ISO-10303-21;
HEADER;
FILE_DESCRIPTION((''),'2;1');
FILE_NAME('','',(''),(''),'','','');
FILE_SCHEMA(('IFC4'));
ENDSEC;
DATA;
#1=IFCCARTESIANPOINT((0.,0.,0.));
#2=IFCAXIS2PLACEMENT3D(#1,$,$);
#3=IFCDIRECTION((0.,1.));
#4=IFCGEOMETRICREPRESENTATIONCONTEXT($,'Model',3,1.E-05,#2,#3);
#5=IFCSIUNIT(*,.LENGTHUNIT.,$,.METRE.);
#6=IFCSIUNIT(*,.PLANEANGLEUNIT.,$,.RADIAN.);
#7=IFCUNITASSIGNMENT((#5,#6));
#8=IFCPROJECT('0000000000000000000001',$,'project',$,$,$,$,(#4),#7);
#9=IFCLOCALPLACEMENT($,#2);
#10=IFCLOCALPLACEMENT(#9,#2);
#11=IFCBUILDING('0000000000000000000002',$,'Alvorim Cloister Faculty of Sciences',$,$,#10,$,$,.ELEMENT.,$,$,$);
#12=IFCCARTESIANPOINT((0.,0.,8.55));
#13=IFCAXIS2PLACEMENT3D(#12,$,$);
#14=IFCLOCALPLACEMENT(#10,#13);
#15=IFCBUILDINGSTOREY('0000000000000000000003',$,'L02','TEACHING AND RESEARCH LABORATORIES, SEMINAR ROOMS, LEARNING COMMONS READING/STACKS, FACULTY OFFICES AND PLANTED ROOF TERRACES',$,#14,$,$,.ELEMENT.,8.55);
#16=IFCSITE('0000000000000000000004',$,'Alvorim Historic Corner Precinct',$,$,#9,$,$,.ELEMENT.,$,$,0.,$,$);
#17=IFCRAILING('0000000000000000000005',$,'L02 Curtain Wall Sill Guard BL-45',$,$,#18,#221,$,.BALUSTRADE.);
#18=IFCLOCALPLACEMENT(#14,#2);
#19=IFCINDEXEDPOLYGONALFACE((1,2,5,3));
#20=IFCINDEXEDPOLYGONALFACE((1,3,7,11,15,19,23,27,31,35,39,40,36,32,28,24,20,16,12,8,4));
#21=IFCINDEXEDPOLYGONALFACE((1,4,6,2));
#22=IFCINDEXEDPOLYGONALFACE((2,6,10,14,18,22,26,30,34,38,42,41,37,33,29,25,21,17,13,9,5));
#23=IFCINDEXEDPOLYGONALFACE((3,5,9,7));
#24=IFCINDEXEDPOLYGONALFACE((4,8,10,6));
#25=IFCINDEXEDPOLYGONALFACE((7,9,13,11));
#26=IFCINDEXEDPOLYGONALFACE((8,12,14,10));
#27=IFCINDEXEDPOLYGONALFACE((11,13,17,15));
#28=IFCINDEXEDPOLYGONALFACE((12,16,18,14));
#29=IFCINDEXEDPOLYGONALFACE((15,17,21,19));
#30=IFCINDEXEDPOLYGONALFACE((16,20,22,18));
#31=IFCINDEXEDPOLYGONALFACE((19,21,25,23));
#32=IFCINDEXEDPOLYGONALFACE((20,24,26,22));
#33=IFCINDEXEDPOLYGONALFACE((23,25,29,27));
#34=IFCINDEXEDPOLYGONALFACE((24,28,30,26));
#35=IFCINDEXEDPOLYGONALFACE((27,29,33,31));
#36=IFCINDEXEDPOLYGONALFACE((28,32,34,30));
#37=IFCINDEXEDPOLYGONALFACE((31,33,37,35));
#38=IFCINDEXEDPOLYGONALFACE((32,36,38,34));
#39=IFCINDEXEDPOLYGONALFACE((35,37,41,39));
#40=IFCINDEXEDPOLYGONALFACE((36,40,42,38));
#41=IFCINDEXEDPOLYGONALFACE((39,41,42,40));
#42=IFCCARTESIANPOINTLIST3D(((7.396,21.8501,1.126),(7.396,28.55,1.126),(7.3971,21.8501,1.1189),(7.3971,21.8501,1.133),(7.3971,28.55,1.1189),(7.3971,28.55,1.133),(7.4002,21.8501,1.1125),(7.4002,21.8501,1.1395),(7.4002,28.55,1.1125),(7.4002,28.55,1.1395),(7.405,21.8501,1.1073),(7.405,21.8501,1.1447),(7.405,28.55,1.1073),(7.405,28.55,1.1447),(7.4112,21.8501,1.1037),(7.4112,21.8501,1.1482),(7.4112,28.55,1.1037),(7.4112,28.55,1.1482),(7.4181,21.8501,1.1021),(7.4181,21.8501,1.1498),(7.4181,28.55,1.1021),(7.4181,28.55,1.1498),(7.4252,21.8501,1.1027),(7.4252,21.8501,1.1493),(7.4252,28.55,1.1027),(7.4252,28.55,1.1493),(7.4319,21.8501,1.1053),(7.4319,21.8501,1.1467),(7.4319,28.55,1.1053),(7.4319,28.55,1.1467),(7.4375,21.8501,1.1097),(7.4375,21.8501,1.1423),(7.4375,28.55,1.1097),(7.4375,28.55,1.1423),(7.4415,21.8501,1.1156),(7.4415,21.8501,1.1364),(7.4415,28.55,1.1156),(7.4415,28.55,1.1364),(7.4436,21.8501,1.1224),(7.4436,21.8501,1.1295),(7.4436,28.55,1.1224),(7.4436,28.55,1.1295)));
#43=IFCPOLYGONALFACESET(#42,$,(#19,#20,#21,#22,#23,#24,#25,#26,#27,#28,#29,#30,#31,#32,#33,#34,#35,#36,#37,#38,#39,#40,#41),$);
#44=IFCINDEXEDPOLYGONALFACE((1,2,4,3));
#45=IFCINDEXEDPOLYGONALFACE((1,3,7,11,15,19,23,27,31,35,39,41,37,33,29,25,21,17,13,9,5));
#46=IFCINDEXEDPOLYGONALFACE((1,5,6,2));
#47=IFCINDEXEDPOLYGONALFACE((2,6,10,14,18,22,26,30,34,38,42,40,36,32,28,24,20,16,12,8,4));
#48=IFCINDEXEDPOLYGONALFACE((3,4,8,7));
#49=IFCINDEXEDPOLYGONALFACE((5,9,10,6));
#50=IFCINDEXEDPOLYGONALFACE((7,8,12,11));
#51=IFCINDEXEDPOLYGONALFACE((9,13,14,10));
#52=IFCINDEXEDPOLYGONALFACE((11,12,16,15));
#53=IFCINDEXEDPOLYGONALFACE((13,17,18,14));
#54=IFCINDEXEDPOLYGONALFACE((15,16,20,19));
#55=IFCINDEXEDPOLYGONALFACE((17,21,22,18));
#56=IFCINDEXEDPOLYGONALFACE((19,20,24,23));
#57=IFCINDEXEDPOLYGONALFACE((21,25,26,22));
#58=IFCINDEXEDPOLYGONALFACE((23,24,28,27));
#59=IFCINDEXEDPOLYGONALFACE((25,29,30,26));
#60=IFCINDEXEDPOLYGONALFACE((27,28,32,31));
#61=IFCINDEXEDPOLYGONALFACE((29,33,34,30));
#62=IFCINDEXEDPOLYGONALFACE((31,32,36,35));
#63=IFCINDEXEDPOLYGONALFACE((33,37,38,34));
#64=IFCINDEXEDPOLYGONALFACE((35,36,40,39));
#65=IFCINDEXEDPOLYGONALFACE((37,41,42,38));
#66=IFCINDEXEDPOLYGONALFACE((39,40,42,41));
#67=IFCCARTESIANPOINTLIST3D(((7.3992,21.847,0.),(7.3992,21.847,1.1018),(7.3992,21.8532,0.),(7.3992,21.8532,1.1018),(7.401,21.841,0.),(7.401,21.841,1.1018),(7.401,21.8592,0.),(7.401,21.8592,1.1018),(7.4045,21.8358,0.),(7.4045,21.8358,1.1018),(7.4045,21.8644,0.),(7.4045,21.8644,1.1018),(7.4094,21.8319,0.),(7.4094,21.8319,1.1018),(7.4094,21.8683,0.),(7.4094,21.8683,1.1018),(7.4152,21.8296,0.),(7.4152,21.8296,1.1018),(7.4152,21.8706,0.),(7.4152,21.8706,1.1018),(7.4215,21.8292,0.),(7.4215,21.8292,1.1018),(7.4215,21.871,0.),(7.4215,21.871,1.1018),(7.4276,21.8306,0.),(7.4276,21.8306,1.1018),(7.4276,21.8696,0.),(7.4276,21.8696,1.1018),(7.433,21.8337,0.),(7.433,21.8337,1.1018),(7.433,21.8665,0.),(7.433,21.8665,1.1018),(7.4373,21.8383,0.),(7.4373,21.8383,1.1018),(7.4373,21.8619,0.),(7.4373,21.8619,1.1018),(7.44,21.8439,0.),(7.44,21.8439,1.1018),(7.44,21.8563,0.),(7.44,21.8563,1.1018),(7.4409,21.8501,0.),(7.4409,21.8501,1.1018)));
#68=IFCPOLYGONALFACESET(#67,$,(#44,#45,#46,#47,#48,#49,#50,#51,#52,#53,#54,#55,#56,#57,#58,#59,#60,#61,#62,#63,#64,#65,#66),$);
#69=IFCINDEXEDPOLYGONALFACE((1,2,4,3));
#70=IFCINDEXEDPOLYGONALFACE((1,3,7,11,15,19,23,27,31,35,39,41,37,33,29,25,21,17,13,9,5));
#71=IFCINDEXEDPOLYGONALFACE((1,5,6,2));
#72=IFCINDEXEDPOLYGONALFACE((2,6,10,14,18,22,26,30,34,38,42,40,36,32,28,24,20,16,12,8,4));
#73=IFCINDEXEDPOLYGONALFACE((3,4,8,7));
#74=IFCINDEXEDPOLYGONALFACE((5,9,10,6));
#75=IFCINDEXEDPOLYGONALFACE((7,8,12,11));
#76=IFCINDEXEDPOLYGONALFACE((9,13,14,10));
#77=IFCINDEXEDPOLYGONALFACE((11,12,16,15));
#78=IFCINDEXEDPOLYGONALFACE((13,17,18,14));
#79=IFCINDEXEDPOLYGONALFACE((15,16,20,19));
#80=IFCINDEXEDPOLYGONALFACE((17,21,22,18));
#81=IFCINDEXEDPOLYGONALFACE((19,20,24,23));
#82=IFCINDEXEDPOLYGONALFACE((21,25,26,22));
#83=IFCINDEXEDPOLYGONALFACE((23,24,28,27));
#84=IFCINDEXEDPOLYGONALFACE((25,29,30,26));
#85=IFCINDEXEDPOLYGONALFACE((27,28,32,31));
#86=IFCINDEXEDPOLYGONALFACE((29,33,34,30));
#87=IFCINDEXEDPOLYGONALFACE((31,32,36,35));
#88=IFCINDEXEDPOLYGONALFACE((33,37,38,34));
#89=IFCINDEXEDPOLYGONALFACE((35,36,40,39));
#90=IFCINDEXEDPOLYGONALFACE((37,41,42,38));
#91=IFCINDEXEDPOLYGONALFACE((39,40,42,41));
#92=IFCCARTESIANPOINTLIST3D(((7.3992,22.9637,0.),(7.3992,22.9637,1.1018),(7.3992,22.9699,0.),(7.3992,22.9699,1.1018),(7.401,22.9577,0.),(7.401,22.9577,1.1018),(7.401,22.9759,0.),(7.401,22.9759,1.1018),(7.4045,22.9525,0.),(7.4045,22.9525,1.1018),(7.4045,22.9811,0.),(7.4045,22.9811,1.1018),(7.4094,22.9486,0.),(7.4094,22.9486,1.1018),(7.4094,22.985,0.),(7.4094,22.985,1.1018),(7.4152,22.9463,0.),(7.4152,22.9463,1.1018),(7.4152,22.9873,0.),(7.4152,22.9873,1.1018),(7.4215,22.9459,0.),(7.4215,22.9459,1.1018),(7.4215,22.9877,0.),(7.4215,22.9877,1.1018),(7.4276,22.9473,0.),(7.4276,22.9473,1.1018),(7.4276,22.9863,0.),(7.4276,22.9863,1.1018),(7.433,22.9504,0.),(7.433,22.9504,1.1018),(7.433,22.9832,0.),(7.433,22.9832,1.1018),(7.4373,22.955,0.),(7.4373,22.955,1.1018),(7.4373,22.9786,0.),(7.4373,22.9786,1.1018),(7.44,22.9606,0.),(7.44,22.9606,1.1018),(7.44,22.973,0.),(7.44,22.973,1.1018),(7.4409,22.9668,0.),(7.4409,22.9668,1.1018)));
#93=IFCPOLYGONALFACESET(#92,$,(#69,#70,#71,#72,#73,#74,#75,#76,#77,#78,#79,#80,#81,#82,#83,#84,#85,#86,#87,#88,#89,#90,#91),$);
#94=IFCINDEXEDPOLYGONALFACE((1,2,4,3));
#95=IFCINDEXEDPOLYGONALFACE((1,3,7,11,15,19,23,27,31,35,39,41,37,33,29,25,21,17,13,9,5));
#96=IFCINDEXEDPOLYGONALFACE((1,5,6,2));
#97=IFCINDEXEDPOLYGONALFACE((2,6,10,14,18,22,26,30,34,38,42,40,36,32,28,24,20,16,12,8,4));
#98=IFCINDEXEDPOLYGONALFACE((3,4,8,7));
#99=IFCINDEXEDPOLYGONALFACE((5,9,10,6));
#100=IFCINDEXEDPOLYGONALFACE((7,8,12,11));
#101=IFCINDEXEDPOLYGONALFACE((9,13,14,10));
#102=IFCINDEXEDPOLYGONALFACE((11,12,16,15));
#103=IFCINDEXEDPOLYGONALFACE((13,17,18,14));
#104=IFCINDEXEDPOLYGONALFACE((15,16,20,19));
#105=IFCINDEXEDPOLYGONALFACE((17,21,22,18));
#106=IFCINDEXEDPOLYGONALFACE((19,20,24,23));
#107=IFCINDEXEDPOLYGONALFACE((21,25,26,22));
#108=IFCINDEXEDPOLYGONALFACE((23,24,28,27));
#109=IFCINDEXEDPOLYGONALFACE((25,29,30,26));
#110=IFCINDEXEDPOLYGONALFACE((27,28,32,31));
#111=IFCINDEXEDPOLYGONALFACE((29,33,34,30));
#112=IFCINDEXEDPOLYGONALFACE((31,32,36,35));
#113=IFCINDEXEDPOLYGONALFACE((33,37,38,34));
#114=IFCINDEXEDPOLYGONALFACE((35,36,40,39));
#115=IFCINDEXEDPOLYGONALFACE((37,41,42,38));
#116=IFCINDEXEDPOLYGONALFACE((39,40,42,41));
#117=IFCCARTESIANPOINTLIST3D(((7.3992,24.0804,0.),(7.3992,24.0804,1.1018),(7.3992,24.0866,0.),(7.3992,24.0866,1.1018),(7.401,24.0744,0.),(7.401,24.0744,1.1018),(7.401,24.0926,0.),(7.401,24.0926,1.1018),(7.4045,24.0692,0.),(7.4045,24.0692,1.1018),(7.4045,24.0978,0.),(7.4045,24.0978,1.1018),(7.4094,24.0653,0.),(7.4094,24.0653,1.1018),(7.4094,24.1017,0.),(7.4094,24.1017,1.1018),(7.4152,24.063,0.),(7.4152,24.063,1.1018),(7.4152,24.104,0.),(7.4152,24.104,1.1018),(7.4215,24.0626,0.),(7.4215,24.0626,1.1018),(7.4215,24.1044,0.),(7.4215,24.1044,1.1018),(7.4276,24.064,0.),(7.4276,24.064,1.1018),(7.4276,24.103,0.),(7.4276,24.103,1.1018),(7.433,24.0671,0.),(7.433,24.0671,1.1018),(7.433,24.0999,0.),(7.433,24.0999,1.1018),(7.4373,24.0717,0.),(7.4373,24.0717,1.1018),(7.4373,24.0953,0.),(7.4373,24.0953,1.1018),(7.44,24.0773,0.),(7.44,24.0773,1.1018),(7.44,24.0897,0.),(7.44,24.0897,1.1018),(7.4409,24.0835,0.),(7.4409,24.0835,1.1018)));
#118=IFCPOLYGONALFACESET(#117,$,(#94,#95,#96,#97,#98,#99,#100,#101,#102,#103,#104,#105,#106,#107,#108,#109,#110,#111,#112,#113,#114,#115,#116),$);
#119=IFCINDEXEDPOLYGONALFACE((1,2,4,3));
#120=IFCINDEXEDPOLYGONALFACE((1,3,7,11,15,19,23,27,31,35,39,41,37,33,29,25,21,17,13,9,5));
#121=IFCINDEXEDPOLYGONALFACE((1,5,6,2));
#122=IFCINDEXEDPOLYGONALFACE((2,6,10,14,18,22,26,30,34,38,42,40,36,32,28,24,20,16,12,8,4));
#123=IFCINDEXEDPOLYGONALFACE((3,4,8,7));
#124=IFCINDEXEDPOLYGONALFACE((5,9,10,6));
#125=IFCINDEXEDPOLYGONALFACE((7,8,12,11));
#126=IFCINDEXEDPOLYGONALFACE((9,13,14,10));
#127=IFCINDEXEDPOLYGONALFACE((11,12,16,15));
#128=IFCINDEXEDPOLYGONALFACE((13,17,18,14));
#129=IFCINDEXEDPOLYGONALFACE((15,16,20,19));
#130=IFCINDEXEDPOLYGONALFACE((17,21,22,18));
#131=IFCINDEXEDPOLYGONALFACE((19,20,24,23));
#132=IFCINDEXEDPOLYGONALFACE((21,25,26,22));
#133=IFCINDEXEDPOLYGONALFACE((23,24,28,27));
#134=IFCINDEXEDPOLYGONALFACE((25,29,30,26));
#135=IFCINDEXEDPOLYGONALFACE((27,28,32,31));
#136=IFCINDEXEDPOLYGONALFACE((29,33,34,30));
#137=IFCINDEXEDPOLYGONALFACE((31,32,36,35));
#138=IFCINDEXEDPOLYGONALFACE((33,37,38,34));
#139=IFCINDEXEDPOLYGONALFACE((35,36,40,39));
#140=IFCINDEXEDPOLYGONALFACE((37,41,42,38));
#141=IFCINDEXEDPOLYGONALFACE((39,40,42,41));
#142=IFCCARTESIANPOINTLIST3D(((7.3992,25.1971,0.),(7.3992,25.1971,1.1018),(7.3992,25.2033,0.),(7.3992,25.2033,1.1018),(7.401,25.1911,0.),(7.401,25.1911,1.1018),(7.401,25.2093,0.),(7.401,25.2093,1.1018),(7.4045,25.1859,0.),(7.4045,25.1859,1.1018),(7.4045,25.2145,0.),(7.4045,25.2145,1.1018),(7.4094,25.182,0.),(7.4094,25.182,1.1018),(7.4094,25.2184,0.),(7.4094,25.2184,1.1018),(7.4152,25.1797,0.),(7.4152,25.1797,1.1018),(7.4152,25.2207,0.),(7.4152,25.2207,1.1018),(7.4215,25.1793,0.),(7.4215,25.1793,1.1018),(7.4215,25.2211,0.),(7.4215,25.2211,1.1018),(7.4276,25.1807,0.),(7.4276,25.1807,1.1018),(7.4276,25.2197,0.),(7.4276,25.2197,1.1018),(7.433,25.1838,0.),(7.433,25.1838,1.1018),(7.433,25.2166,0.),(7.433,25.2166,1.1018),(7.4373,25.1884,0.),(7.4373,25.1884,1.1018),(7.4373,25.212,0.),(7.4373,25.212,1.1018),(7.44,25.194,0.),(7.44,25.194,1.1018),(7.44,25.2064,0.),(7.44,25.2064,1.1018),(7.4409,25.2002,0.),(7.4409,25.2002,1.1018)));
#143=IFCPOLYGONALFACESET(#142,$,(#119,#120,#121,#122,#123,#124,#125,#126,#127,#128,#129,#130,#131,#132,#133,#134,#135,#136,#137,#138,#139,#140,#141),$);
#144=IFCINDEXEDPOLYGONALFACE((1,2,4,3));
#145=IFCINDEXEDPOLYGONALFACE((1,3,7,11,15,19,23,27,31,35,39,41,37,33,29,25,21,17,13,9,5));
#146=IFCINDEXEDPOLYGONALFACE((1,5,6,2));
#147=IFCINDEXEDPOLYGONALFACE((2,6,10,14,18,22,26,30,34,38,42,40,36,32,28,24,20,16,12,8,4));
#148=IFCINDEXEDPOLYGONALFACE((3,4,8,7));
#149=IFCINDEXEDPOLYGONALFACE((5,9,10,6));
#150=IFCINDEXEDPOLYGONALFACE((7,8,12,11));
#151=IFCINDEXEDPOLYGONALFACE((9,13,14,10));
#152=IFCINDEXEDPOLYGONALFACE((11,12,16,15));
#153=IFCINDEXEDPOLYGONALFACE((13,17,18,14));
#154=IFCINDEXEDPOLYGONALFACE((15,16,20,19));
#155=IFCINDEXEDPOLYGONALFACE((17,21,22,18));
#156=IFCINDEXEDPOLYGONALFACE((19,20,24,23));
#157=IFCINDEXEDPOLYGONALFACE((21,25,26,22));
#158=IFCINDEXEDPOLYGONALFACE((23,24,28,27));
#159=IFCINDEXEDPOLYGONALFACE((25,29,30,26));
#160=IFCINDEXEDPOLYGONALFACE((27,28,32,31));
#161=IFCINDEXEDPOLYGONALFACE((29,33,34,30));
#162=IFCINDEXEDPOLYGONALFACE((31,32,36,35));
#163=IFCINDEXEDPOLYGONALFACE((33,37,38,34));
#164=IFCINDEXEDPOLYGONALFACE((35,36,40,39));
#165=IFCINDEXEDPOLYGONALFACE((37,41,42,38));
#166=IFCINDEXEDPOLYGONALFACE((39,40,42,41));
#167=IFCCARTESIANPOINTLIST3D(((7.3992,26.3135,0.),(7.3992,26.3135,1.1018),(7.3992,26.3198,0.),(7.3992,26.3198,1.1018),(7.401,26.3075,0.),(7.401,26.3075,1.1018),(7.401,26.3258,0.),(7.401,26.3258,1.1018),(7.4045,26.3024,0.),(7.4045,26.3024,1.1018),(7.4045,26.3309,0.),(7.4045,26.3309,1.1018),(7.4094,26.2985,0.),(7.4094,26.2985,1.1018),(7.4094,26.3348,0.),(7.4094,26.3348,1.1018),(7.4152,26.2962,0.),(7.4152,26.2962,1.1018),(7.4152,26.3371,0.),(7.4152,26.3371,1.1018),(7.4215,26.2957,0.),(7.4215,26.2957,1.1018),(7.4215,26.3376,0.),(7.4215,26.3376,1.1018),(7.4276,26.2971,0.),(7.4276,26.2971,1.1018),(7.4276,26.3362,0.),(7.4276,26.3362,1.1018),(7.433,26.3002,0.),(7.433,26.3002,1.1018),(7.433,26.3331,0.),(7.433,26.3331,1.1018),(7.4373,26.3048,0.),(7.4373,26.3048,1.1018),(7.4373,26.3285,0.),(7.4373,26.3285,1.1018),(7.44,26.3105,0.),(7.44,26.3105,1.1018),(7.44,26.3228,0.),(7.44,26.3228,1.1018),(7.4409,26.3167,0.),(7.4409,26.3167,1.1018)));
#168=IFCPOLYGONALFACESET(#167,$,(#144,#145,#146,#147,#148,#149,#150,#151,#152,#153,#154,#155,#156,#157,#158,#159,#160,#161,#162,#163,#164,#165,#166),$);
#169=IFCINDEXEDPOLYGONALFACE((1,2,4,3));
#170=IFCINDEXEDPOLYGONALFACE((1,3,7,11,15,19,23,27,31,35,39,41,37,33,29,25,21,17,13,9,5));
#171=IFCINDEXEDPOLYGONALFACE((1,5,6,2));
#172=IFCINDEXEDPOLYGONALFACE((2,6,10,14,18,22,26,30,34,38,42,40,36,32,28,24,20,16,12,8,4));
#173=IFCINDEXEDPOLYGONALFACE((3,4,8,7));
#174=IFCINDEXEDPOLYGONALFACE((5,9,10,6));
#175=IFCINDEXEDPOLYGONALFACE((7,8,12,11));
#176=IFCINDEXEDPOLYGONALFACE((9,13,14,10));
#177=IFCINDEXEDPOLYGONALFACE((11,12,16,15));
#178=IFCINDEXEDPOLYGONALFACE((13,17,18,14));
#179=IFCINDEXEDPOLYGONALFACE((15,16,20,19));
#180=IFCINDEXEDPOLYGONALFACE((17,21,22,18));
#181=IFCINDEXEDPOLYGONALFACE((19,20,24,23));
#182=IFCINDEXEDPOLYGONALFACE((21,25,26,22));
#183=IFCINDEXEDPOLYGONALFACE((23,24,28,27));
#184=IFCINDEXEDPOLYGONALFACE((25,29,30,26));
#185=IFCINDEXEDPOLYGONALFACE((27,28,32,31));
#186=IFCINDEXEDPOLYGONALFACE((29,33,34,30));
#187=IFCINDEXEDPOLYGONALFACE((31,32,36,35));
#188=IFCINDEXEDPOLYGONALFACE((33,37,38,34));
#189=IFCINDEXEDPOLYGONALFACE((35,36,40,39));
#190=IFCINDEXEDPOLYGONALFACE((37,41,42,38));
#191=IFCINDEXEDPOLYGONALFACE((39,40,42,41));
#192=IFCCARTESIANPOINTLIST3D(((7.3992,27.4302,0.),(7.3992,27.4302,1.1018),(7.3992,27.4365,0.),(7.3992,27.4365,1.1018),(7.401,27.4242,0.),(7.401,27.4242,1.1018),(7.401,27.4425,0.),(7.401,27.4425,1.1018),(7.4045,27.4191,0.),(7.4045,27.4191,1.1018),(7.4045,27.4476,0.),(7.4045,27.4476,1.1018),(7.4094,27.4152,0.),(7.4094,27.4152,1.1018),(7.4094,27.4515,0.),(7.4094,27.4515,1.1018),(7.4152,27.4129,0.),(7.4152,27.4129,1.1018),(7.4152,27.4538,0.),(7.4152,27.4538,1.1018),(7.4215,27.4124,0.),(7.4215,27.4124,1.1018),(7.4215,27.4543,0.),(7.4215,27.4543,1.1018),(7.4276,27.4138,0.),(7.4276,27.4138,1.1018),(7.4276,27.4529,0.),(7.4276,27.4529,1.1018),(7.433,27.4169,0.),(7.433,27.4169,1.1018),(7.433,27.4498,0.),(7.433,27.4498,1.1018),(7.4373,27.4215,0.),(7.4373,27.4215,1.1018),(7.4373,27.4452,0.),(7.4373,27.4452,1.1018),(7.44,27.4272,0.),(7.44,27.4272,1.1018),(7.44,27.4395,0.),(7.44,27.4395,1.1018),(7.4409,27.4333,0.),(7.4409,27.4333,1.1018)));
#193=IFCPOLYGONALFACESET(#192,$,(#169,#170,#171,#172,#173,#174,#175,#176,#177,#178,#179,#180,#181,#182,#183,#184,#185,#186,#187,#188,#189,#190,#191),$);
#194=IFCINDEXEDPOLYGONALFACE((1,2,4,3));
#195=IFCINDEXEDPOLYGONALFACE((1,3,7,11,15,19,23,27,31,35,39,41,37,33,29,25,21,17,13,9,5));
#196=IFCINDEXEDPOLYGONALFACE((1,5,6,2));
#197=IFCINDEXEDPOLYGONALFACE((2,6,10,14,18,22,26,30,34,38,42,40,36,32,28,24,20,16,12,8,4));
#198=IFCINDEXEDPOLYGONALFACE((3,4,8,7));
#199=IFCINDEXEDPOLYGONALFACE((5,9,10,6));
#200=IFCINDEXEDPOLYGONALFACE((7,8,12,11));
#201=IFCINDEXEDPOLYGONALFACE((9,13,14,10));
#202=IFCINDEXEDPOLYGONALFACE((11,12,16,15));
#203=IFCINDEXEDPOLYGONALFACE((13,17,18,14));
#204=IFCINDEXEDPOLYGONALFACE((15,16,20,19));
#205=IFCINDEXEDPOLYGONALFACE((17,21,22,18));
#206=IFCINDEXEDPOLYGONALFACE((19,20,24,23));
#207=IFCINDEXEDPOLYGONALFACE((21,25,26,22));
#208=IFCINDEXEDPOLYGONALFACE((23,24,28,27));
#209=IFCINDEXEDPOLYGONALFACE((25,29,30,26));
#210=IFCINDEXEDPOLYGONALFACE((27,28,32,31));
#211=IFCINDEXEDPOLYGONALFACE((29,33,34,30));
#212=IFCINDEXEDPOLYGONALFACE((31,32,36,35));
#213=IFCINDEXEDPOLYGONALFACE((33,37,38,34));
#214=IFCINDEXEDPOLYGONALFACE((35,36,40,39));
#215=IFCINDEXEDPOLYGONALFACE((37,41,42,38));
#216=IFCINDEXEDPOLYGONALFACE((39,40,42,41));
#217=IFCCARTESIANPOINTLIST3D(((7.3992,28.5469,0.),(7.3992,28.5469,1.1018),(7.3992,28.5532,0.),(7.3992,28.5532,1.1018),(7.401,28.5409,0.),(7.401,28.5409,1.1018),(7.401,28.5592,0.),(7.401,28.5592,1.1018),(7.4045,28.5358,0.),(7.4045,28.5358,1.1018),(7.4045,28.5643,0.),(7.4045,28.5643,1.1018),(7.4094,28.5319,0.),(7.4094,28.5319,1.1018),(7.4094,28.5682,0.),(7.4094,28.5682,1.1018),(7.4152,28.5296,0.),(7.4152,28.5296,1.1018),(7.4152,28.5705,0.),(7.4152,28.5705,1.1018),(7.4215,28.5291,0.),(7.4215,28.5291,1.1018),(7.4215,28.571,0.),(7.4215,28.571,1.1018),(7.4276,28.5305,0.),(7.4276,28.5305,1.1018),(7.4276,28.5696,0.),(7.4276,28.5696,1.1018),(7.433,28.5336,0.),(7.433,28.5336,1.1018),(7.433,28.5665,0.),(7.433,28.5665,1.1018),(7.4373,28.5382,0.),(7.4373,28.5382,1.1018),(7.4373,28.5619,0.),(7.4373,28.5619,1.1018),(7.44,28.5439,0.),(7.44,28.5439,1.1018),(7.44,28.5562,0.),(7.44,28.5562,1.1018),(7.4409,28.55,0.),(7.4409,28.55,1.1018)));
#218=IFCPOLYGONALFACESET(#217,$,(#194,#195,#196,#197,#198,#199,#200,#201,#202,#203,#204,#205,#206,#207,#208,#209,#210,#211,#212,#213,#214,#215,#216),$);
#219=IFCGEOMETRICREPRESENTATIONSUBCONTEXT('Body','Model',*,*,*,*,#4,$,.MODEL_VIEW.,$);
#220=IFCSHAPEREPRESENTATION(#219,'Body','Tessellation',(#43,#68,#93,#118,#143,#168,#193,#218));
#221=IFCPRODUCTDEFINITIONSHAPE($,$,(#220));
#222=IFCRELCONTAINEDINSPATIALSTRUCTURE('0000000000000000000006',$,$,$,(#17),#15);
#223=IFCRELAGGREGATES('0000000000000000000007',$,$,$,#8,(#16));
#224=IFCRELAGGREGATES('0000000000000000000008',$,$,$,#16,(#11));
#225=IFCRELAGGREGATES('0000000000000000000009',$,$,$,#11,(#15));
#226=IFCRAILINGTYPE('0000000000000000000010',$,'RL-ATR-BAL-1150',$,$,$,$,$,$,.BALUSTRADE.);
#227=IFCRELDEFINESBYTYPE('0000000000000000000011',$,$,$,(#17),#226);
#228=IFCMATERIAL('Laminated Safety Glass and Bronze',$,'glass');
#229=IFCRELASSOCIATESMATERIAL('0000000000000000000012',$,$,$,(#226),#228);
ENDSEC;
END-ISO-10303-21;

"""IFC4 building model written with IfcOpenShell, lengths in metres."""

from ifc_helpers import new_model, si_unit, direction, frame, origin, origin_2d, place, context, subcontext, project, spatial, circle, extrude, material, type_object, element, save


model = new_model("IFC4")

# Units and contexts
model_context = context("Model", 3, precision=1e-05, world=origin(), true_north=direction((0.0, 1.0)))
body_context = subcontext(model_context, "Body", "Model", "MODEL_VIEW")
ifc_project = project(units=[si_unit("LENGTHUNIT", "METRE"), si_unit("PLANEANGLEUNIT", "RADIAN")], contexts=[model_context])

# Site, building, storey
site_placement = place(None, origin())
site = spatial("IfcSite", under=ifc_project, at=site_placement, Name="Alvorim Historic Corner Precinct", CompositionType="ELEMENT", RefElevation=0.0)
building_placement = place(site_placement, origin())
building = spatial("IfcBuilding", under=site, at=building_placement, Name="Alvorim Cloister Faculty of Sciences", CompositionType="ELEMENT")
storey_placement = place(building_placement, frame((0.0, 0.0, 8.55)))
storey = spatial("IfcBuildingStorey", under=building, at=storey_placement, Name="L02", Description="TEACHING AND RESEARCH LABORATORIES, SEMINAR ROOMS, LEARNING COMMONS READING/STACKS, FACULTY OFFICES AND PLANTED ROOF TERRACES", CompositionType="ELEMENT", Elevation=8.55)

# Railing
ifc_material_1 = material(Name="Laminated Safety Glass and Bronze", Category="glass")
railing_type_1 = type_object("IfcRailingType", Name="RL-ATR-BAL-1150", PredefinedType="BALUSTRADE", material=ifc_material_1)
railing_1_placement = place(storey_placement, frame((7.4199, 21.8501, 0.0)))
element("IfcRailing", 1, at=railing_1_placement, inside=storey, type_object=railing_type_1, Name="L02 Curtain Wall Sill Guard BL-45", PredefinedType="BALUSTRADE", context=body_context, shape_type="SweptSolid", body=[
    extrude(circle(Radius=0.0239, at=origin_2d()), frame((0.0, 0.0, 1.126), z_axis=(0.0, 1.0, 0.0), x_axis=(-1.0, 0.0, 0.0)), (0.0, 0.0, 1.0), 6.7),
    extrude(circle(Radius=0.021, at=origin_2d()), origin(), (0.0, 0.0, 1.0), 1.1018),
    extrude(circle(Radius=0.021, at=origin_2d()), frame((0.0, 1.1167, 0.0)), (0.0, 0.0, 1.0), 1.1018),
    extrude(circle(Radius=0.021, at=origin_2d()), frame((0.0, 2.2334, 0.0)), (0.0, 0.0, 1.0), 1.1018),
    extrude(circle(Radius=0.021, at=origin_2d()), frame((0.0, 3.3501, 0.0)), (0.0, 0.0, 1.0), 1.1018),
    extrude(circle(Radius=0.021, at=origin_2d()), frame((0.0, 4.4666, 0.0)), (0.0, 0.0, 1.0), 1.1018),
    extrude(circle(Radius=0.021, at=origin_2d()), frame((0.0, 5.5833, 0.0)), (0.0, 0.0, 1.0), 1.1018),
    extrude(circle(Radius=0.021, at=origin_2d()), frame((0.0, 6.7, 0.0)), (0.0, 0.0, 1.0), 1.1018),
])

save(model, "model.ifc")
